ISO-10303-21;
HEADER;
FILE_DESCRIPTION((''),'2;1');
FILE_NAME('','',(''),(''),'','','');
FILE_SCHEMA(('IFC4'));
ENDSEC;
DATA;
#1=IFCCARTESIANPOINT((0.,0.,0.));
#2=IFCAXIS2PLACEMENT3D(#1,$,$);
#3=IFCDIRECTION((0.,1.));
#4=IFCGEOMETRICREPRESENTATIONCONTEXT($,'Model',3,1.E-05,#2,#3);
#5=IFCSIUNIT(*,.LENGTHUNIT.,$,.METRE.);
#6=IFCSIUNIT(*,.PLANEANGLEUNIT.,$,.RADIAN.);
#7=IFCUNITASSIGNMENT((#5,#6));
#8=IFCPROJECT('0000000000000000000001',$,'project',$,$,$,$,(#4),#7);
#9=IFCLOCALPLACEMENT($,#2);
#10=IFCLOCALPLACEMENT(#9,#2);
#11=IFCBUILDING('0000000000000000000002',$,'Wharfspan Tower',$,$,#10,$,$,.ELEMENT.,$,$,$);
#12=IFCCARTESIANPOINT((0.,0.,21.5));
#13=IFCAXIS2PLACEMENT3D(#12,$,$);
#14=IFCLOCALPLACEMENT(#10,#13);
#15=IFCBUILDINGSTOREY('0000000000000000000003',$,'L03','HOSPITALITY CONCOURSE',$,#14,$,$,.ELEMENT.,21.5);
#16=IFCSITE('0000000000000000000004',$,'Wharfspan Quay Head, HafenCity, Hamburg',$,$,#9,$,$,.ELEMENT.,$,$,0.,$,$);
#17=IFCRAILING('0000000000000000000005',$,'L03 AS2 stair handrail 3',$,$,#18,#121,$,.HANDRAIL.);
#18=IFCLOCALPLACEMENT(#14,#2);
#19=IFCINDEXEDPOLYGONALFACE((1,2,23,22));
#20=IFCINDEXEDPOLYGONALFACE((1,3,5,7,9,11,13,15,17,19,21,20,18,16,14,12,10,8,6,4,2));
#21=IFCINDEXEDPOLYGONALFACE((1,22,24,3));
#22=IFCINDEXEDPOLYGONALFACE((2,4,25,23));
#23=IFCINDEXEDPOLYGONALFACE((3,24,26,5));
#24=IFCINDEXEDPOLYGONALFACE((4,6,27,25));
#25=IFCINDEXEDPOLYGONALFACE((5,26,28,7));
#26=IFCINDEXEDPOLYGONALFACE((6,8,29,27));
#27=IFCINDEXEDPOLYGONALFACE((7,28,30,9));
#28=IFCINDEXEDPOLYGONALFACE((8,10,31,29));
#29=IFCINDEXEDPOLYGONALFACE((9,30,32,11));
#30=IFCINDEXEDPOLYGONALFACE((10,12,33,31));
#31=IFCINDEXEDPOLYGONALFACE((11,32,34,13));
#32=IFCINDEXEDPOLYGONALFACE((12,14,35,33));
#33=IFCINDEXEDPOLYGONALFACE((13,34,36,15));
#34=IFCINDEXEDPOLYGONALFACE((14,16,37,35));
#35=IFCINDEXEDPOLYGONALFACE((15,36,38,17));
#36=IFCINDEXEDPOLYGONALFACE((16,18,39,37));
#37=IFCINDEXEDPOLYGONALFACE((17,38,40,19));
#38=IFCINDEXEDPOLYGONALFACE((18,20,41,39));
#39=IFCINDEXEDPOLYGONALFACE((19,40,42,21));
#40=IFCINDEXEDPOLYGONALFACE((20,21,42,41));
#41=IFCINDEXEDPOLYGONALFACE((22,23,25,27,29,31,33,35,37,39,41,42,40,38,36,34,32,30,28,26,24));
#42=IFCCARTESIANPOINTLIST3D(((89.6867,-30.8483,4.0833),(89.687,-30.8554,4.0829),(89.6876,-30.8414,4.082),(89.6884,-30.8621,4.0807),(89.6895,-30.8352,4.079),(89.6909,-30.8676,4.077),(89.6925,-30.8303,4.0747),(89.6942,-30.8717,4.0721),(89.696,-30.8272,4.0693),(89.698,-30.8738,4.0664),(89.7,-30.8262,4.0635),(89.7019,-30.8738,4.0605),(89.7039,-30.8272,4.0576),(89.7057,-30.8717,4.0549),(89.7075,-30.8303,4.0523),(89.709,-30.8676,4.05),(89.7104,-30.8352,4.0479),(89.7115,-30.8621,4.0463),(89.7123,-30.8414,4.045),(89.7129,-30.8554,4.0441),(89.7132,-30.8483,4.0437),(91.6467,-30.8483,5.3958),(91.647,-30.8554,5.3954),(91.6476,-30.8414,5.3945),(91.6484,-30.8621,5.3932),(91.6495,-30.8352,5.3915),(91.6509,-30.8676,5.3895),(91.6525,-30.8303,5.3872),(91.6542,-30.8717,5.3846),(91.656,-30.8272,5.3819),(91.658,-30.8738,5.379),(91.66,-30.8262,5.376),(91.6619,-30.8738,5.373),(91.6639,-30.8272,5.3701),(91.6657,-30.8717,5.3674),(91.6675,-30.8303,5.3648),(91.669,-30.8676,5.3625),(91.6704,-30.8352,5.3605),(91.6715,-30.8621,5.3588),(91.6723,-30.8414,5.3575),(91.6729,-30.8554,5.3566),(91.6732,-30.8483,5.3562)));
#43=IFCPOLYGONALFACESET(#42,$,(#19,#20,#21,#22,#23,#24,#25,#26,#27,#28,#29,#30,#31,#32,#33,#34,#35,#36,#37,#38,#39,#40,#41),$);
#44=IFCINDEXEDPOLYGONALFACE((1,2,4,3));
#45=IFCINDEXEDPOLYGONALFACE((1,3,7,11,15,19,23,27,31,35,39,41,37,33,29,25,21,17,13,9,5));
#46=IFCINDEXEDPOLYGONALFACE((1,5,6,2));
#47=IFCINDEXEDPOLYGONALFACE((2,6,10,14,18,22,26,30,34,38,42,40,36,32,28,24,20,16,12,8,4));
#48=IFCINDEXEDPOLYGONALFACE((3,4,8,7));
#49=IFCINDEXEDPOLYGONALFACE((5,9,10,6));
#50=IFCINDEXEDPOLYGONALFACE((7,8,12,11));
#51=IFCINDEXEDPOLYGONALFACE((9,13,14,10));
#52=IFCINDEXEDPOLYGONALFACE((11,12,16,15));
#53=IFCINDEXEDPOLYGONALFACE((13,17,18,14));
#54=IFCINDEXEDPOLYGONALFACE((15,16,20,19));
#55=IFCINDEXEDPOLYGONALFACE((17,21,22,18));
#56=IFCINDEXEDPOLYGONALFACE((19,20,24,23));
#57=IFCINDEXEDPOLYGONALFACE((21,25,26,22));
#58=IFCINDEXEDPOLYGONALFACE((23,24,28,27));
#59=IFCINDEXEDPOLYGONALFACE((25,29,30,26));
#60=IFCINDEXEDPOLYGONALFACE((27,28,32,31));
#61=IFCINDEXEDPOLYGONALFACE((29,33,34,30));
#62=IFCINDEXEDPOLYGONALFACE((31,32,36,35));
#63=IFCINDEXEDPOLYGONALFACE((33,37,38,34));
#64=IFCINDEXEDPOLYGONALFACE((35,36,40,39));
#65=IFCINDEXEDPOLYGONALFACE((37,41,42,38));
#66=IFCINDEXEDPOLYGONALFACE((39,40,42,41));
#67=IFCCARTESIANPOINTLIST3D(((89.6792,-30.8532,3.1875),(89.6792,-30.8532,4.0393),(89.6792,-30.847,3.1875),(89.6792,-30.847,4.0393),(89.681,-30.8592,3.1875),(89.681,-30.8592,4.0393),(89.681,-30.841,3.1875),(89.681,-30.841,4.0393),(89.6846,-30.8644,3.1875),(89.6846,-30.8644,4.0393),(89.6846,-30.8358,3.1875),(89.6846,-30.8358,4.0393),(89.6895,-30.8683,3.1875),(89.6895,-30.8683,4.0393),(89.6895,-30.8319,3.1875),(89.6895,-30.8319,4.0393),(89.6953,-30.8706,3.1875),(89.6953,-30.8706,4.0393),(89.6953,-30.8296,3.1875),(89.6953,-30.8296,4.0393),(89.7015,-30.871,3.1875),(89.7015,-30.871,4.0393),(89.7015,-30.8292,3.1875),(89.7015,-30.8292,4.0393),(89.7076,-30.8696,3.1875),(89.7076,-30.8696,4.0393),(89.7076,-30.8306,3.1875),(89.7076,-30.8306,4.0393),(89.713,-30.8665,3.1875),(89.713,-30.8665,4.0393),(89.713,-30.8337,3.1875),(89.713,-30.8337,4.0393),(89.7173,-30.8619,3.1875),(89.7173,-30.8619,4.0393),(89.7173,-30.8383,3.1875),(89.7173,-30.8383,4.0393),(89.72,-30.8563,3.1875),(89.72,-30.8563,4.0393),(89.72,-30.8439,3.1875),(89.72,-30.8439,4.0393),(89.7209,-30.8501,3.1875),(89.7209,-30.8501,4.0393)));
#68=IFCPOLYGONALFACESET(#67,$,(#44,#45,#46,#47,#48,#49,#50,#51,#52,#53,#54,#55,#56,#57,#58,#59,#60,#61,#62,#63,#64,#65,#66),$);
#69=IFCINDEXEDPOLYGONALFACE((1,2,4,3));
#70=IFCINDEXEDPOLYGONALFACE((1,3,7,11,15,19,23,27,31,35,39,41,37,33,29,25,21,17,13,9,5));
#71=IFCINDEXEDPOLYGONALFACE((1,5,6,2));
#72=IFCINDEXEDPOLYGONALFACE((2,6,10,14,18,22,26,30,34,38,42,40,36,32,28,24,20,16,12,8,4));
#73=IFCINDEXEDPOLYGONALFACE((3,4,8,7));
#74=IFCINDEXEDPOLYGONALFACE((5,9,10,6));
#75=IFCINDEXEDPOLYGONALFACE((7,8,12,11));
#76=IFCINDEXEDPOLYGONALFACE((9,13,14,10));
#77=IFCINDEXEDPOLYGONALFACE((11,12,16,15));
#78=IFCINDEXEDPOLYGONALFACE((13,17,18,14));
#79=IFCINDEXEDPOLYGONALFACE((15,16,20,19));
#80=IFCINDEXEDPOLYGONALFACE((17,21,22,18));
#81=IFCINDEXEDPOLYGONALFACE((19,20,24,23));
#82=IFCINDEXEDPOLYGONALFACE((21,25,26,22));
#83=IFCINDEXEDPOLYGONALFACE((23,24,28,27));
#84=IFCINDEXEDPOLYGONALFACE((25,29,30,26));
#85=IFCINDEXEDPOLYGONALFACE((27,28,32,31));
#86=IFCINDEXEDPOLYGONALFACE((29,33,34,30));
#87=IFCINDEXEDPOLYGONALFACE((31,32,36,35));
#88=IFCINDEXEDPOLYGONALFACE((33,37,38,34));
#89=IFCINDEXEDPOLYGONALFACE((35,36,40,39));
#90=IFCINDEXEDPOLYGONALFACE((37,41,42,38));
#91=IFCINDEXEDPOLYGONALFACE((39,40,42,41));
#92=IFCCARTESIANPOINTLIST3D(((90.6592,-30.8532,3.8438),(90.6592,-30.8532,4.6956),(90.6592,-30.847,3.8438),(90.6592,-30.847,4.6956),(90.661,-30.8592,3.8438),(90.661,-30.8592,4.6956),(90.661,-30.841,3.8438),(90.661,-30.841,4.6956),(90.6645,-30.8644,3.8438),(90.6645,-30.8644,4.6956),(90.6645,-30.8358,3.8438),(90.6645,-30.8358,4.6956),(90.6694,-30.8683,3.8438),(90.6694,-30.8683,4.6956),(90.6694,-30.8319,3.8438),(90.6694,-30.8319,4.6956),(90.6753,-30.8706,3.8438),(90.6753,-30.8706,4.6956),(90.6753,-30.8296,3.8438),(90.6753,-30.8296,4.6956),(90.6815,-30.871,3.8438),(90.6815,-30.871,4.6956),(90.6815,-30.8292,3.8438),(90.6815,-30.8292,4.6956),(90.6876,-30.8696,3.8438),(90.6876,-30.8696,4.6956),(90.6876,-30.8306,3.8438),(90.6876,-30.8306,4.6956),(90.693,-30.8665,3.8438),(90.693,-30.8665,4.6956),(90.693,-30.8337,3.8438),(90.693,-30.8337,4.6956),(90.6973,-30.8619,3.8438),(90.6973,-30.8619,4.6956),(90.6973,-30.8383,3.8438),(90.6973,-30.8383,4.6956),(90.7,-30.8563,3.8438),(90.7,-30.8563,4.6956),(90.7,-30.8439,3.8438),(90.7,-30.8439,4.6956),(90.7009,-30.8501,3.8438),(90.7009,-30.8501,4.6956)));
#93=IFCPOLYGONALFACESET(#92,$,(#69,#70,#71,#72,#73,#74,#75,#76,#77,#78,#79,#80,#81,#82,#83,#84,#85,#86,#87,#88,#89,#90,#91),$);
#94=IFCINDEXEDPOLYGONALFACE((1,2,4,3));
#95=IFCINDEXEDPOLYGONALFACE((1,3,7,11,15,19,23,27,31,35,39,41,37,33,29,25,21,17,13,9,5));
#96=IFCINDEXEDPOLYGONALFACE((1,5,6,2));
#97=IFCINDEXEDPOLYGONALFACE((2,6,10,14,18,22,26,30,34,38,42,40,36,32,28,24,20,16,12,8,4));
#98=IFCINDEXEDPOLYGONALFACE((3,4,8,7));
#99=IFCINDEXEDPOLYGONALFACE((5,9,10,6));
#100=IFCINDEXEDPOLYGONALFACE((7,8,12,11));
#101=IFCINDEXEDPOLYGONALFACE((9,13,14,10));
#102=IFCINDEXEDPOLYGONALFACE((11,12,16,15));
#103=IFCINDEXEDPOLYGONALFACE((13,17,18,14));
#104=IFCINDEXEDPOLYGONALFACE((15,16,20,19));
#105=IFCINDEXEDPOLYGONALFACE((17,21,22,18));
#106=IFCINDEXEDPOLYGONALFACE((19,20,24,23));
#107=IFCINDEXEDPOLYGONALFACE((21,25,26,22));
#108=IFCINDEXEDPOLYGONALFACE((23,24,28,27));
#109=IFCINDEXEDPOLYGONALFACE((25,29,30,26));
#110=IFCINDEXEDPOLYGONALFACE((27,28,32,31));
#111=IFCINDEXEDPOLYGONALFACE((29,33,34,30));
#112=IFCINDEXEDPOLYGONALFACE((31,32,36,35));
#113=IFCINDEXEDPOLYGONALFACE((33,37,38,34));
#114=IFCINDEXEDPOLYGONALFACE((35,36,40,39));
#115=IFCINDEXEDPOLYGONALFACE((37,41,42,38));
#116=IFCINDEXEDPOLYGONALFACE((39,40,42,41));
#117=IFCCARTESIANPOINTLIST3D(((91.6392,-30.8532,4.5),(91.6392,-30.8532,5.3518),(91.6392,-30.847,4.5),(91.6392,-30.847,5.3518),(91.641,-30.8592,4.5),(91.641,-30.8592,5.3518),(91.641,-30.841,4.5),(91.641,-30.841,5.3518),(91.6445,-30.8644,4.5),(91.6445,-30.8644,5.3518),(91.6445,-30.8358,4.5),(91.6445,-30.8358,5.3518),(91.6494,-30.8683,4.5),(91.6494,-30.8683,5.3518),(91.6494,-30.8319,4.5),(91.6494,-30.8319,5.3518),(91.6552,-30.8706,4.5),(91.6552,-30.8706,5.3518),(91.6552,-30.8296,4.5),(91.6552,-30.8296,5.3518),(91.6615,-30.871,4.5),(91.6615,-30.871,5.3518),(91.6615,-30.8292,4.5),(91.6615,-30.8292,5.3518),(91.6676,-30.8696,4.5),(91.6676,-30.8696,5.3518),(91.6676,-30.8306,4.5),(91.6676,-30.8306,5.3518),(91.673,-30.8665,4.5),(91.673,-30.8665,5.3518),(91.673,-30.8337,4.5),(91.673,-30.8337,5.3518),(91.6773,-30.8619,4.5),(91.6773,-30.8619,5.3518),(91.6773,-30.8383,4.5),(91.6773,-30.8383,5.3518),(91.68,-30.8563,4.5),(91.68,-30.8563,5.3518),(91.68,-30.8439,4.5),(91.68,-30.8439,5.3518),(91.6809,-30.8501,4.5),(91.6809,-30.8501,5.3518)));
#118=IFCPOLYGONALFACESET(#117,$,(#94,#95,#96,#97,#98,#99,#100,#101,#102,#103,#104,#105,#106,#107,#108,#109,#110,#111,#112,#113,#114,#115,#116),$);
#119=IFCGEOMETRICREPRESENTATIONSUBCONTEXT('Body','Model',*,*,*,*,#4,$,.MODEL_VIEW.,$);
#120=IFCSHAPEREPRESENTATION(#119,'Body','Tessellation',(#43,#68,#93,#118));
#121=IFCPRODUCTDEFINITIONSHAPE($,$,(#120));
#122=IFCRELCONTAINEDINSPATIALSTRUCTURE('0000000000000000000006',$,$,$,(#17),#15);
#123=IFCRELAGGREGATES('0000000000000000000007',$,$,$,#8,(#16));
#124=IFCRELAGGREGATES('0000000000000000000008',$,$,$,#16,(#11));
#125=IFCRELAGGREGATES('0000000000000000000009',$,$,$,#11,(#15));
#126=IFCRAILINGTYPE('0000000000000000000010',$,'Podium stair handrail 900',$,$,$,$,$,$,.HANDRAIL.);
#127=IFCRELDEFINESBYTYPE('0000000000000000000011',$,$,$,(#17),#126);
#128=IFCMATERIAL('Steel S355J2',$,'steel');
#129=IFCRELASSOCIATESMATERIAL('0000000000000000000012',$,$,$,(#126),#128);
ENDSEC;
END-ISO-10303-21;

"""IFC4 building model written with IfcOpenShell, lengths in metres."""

from ifc_helpers import new_model, si_unit, direction, frame, origin, origin_2d, place, context, subcontext, project, spatial, circle, extrude, material, type_object, element, save


model = new_model("IFC4")

# Units and contexts
model_context = context("Model", 3, precision=1e-05, world=origin(), true_north=direction((0.0, 1.0)))
body_context = subcontext(model_context, "Body", "Model", "MODEL_VIEW")
ifc_project = project(units=[si_unit("LENGTHUNIT", "METRE"), si_unit("PLANEANGLEUNIT", "RADIAN")], contexts=[model_context])

# Site, building, storey
site_placement = place(None, origin())
site = spatial("IfcSite", under=ifc_project, at=site_placement, Name="Wharfspan Quay Head, HafenCity, Hamburg", CompositionType="ELEMENT", RefElevation=0.0)
building_placement = place(site_placement, origin())
building = spatial("IfcBuilding", under=site, at=building_placement, Name="Wharfspan Tower", CompositionType="ELEMENT")
storey_placement = place(building_placement, frame((0.0, 0.0, 21.5)))
storey = spatial("IfcBuildingStorey", under=building, at=storey_placement, Name="L03", Description="HOSPITALITY CONCOURSE", CompositionType="ELEMENT", Elevation=21.5)

# Railing
ifc_material_1 = material(Name="Steel S355J2", Category="steel")
railing_type_1 = type_object("IfcRailingType", Name="Podium stair handrail 900", PredefinedType="HANDRAIL", material=ifc_material_1)
railing_1_placement = place(storey_placement, frame((89.7, -30.8501, 3.1875)))
element("IfcRailing", 1, at=railing_1_placement, inside=storey, type_object=railing_type_1, Name="L03 AS2 stair handrail 3", PredefinedType="HANDRAIL", context=body_context, shape_type="SweptSolid", body=[
    extrude(circle(Radius=0.0239, at=origin_2d()), frame((0.0, 0.0, 0.876), z_axis=(0.830902, 0.0, 0.556419), x_axis=(0.0, 1.0, 0.0)), (0.0, 0.0, 1.0), 2.3589),
    extrude(circle(Radius=0.021, at=origin_2d()), origin(), (0.0, 0.0, 1.0), 0.8518),
    extrude(circle(Radius=0.021, at=origin_2d()), frame((0.98, 0.0, 0.6562)), (0.0, 0.0, 1.0), 0.8518),
    extrude(circle(Radius=0.021, at=origin_2d()), frame((1.96, 0.0, 1.3125)), (0.0, 0.0, 1.0), 0.8518),
])

save(model, "model.ifc")
